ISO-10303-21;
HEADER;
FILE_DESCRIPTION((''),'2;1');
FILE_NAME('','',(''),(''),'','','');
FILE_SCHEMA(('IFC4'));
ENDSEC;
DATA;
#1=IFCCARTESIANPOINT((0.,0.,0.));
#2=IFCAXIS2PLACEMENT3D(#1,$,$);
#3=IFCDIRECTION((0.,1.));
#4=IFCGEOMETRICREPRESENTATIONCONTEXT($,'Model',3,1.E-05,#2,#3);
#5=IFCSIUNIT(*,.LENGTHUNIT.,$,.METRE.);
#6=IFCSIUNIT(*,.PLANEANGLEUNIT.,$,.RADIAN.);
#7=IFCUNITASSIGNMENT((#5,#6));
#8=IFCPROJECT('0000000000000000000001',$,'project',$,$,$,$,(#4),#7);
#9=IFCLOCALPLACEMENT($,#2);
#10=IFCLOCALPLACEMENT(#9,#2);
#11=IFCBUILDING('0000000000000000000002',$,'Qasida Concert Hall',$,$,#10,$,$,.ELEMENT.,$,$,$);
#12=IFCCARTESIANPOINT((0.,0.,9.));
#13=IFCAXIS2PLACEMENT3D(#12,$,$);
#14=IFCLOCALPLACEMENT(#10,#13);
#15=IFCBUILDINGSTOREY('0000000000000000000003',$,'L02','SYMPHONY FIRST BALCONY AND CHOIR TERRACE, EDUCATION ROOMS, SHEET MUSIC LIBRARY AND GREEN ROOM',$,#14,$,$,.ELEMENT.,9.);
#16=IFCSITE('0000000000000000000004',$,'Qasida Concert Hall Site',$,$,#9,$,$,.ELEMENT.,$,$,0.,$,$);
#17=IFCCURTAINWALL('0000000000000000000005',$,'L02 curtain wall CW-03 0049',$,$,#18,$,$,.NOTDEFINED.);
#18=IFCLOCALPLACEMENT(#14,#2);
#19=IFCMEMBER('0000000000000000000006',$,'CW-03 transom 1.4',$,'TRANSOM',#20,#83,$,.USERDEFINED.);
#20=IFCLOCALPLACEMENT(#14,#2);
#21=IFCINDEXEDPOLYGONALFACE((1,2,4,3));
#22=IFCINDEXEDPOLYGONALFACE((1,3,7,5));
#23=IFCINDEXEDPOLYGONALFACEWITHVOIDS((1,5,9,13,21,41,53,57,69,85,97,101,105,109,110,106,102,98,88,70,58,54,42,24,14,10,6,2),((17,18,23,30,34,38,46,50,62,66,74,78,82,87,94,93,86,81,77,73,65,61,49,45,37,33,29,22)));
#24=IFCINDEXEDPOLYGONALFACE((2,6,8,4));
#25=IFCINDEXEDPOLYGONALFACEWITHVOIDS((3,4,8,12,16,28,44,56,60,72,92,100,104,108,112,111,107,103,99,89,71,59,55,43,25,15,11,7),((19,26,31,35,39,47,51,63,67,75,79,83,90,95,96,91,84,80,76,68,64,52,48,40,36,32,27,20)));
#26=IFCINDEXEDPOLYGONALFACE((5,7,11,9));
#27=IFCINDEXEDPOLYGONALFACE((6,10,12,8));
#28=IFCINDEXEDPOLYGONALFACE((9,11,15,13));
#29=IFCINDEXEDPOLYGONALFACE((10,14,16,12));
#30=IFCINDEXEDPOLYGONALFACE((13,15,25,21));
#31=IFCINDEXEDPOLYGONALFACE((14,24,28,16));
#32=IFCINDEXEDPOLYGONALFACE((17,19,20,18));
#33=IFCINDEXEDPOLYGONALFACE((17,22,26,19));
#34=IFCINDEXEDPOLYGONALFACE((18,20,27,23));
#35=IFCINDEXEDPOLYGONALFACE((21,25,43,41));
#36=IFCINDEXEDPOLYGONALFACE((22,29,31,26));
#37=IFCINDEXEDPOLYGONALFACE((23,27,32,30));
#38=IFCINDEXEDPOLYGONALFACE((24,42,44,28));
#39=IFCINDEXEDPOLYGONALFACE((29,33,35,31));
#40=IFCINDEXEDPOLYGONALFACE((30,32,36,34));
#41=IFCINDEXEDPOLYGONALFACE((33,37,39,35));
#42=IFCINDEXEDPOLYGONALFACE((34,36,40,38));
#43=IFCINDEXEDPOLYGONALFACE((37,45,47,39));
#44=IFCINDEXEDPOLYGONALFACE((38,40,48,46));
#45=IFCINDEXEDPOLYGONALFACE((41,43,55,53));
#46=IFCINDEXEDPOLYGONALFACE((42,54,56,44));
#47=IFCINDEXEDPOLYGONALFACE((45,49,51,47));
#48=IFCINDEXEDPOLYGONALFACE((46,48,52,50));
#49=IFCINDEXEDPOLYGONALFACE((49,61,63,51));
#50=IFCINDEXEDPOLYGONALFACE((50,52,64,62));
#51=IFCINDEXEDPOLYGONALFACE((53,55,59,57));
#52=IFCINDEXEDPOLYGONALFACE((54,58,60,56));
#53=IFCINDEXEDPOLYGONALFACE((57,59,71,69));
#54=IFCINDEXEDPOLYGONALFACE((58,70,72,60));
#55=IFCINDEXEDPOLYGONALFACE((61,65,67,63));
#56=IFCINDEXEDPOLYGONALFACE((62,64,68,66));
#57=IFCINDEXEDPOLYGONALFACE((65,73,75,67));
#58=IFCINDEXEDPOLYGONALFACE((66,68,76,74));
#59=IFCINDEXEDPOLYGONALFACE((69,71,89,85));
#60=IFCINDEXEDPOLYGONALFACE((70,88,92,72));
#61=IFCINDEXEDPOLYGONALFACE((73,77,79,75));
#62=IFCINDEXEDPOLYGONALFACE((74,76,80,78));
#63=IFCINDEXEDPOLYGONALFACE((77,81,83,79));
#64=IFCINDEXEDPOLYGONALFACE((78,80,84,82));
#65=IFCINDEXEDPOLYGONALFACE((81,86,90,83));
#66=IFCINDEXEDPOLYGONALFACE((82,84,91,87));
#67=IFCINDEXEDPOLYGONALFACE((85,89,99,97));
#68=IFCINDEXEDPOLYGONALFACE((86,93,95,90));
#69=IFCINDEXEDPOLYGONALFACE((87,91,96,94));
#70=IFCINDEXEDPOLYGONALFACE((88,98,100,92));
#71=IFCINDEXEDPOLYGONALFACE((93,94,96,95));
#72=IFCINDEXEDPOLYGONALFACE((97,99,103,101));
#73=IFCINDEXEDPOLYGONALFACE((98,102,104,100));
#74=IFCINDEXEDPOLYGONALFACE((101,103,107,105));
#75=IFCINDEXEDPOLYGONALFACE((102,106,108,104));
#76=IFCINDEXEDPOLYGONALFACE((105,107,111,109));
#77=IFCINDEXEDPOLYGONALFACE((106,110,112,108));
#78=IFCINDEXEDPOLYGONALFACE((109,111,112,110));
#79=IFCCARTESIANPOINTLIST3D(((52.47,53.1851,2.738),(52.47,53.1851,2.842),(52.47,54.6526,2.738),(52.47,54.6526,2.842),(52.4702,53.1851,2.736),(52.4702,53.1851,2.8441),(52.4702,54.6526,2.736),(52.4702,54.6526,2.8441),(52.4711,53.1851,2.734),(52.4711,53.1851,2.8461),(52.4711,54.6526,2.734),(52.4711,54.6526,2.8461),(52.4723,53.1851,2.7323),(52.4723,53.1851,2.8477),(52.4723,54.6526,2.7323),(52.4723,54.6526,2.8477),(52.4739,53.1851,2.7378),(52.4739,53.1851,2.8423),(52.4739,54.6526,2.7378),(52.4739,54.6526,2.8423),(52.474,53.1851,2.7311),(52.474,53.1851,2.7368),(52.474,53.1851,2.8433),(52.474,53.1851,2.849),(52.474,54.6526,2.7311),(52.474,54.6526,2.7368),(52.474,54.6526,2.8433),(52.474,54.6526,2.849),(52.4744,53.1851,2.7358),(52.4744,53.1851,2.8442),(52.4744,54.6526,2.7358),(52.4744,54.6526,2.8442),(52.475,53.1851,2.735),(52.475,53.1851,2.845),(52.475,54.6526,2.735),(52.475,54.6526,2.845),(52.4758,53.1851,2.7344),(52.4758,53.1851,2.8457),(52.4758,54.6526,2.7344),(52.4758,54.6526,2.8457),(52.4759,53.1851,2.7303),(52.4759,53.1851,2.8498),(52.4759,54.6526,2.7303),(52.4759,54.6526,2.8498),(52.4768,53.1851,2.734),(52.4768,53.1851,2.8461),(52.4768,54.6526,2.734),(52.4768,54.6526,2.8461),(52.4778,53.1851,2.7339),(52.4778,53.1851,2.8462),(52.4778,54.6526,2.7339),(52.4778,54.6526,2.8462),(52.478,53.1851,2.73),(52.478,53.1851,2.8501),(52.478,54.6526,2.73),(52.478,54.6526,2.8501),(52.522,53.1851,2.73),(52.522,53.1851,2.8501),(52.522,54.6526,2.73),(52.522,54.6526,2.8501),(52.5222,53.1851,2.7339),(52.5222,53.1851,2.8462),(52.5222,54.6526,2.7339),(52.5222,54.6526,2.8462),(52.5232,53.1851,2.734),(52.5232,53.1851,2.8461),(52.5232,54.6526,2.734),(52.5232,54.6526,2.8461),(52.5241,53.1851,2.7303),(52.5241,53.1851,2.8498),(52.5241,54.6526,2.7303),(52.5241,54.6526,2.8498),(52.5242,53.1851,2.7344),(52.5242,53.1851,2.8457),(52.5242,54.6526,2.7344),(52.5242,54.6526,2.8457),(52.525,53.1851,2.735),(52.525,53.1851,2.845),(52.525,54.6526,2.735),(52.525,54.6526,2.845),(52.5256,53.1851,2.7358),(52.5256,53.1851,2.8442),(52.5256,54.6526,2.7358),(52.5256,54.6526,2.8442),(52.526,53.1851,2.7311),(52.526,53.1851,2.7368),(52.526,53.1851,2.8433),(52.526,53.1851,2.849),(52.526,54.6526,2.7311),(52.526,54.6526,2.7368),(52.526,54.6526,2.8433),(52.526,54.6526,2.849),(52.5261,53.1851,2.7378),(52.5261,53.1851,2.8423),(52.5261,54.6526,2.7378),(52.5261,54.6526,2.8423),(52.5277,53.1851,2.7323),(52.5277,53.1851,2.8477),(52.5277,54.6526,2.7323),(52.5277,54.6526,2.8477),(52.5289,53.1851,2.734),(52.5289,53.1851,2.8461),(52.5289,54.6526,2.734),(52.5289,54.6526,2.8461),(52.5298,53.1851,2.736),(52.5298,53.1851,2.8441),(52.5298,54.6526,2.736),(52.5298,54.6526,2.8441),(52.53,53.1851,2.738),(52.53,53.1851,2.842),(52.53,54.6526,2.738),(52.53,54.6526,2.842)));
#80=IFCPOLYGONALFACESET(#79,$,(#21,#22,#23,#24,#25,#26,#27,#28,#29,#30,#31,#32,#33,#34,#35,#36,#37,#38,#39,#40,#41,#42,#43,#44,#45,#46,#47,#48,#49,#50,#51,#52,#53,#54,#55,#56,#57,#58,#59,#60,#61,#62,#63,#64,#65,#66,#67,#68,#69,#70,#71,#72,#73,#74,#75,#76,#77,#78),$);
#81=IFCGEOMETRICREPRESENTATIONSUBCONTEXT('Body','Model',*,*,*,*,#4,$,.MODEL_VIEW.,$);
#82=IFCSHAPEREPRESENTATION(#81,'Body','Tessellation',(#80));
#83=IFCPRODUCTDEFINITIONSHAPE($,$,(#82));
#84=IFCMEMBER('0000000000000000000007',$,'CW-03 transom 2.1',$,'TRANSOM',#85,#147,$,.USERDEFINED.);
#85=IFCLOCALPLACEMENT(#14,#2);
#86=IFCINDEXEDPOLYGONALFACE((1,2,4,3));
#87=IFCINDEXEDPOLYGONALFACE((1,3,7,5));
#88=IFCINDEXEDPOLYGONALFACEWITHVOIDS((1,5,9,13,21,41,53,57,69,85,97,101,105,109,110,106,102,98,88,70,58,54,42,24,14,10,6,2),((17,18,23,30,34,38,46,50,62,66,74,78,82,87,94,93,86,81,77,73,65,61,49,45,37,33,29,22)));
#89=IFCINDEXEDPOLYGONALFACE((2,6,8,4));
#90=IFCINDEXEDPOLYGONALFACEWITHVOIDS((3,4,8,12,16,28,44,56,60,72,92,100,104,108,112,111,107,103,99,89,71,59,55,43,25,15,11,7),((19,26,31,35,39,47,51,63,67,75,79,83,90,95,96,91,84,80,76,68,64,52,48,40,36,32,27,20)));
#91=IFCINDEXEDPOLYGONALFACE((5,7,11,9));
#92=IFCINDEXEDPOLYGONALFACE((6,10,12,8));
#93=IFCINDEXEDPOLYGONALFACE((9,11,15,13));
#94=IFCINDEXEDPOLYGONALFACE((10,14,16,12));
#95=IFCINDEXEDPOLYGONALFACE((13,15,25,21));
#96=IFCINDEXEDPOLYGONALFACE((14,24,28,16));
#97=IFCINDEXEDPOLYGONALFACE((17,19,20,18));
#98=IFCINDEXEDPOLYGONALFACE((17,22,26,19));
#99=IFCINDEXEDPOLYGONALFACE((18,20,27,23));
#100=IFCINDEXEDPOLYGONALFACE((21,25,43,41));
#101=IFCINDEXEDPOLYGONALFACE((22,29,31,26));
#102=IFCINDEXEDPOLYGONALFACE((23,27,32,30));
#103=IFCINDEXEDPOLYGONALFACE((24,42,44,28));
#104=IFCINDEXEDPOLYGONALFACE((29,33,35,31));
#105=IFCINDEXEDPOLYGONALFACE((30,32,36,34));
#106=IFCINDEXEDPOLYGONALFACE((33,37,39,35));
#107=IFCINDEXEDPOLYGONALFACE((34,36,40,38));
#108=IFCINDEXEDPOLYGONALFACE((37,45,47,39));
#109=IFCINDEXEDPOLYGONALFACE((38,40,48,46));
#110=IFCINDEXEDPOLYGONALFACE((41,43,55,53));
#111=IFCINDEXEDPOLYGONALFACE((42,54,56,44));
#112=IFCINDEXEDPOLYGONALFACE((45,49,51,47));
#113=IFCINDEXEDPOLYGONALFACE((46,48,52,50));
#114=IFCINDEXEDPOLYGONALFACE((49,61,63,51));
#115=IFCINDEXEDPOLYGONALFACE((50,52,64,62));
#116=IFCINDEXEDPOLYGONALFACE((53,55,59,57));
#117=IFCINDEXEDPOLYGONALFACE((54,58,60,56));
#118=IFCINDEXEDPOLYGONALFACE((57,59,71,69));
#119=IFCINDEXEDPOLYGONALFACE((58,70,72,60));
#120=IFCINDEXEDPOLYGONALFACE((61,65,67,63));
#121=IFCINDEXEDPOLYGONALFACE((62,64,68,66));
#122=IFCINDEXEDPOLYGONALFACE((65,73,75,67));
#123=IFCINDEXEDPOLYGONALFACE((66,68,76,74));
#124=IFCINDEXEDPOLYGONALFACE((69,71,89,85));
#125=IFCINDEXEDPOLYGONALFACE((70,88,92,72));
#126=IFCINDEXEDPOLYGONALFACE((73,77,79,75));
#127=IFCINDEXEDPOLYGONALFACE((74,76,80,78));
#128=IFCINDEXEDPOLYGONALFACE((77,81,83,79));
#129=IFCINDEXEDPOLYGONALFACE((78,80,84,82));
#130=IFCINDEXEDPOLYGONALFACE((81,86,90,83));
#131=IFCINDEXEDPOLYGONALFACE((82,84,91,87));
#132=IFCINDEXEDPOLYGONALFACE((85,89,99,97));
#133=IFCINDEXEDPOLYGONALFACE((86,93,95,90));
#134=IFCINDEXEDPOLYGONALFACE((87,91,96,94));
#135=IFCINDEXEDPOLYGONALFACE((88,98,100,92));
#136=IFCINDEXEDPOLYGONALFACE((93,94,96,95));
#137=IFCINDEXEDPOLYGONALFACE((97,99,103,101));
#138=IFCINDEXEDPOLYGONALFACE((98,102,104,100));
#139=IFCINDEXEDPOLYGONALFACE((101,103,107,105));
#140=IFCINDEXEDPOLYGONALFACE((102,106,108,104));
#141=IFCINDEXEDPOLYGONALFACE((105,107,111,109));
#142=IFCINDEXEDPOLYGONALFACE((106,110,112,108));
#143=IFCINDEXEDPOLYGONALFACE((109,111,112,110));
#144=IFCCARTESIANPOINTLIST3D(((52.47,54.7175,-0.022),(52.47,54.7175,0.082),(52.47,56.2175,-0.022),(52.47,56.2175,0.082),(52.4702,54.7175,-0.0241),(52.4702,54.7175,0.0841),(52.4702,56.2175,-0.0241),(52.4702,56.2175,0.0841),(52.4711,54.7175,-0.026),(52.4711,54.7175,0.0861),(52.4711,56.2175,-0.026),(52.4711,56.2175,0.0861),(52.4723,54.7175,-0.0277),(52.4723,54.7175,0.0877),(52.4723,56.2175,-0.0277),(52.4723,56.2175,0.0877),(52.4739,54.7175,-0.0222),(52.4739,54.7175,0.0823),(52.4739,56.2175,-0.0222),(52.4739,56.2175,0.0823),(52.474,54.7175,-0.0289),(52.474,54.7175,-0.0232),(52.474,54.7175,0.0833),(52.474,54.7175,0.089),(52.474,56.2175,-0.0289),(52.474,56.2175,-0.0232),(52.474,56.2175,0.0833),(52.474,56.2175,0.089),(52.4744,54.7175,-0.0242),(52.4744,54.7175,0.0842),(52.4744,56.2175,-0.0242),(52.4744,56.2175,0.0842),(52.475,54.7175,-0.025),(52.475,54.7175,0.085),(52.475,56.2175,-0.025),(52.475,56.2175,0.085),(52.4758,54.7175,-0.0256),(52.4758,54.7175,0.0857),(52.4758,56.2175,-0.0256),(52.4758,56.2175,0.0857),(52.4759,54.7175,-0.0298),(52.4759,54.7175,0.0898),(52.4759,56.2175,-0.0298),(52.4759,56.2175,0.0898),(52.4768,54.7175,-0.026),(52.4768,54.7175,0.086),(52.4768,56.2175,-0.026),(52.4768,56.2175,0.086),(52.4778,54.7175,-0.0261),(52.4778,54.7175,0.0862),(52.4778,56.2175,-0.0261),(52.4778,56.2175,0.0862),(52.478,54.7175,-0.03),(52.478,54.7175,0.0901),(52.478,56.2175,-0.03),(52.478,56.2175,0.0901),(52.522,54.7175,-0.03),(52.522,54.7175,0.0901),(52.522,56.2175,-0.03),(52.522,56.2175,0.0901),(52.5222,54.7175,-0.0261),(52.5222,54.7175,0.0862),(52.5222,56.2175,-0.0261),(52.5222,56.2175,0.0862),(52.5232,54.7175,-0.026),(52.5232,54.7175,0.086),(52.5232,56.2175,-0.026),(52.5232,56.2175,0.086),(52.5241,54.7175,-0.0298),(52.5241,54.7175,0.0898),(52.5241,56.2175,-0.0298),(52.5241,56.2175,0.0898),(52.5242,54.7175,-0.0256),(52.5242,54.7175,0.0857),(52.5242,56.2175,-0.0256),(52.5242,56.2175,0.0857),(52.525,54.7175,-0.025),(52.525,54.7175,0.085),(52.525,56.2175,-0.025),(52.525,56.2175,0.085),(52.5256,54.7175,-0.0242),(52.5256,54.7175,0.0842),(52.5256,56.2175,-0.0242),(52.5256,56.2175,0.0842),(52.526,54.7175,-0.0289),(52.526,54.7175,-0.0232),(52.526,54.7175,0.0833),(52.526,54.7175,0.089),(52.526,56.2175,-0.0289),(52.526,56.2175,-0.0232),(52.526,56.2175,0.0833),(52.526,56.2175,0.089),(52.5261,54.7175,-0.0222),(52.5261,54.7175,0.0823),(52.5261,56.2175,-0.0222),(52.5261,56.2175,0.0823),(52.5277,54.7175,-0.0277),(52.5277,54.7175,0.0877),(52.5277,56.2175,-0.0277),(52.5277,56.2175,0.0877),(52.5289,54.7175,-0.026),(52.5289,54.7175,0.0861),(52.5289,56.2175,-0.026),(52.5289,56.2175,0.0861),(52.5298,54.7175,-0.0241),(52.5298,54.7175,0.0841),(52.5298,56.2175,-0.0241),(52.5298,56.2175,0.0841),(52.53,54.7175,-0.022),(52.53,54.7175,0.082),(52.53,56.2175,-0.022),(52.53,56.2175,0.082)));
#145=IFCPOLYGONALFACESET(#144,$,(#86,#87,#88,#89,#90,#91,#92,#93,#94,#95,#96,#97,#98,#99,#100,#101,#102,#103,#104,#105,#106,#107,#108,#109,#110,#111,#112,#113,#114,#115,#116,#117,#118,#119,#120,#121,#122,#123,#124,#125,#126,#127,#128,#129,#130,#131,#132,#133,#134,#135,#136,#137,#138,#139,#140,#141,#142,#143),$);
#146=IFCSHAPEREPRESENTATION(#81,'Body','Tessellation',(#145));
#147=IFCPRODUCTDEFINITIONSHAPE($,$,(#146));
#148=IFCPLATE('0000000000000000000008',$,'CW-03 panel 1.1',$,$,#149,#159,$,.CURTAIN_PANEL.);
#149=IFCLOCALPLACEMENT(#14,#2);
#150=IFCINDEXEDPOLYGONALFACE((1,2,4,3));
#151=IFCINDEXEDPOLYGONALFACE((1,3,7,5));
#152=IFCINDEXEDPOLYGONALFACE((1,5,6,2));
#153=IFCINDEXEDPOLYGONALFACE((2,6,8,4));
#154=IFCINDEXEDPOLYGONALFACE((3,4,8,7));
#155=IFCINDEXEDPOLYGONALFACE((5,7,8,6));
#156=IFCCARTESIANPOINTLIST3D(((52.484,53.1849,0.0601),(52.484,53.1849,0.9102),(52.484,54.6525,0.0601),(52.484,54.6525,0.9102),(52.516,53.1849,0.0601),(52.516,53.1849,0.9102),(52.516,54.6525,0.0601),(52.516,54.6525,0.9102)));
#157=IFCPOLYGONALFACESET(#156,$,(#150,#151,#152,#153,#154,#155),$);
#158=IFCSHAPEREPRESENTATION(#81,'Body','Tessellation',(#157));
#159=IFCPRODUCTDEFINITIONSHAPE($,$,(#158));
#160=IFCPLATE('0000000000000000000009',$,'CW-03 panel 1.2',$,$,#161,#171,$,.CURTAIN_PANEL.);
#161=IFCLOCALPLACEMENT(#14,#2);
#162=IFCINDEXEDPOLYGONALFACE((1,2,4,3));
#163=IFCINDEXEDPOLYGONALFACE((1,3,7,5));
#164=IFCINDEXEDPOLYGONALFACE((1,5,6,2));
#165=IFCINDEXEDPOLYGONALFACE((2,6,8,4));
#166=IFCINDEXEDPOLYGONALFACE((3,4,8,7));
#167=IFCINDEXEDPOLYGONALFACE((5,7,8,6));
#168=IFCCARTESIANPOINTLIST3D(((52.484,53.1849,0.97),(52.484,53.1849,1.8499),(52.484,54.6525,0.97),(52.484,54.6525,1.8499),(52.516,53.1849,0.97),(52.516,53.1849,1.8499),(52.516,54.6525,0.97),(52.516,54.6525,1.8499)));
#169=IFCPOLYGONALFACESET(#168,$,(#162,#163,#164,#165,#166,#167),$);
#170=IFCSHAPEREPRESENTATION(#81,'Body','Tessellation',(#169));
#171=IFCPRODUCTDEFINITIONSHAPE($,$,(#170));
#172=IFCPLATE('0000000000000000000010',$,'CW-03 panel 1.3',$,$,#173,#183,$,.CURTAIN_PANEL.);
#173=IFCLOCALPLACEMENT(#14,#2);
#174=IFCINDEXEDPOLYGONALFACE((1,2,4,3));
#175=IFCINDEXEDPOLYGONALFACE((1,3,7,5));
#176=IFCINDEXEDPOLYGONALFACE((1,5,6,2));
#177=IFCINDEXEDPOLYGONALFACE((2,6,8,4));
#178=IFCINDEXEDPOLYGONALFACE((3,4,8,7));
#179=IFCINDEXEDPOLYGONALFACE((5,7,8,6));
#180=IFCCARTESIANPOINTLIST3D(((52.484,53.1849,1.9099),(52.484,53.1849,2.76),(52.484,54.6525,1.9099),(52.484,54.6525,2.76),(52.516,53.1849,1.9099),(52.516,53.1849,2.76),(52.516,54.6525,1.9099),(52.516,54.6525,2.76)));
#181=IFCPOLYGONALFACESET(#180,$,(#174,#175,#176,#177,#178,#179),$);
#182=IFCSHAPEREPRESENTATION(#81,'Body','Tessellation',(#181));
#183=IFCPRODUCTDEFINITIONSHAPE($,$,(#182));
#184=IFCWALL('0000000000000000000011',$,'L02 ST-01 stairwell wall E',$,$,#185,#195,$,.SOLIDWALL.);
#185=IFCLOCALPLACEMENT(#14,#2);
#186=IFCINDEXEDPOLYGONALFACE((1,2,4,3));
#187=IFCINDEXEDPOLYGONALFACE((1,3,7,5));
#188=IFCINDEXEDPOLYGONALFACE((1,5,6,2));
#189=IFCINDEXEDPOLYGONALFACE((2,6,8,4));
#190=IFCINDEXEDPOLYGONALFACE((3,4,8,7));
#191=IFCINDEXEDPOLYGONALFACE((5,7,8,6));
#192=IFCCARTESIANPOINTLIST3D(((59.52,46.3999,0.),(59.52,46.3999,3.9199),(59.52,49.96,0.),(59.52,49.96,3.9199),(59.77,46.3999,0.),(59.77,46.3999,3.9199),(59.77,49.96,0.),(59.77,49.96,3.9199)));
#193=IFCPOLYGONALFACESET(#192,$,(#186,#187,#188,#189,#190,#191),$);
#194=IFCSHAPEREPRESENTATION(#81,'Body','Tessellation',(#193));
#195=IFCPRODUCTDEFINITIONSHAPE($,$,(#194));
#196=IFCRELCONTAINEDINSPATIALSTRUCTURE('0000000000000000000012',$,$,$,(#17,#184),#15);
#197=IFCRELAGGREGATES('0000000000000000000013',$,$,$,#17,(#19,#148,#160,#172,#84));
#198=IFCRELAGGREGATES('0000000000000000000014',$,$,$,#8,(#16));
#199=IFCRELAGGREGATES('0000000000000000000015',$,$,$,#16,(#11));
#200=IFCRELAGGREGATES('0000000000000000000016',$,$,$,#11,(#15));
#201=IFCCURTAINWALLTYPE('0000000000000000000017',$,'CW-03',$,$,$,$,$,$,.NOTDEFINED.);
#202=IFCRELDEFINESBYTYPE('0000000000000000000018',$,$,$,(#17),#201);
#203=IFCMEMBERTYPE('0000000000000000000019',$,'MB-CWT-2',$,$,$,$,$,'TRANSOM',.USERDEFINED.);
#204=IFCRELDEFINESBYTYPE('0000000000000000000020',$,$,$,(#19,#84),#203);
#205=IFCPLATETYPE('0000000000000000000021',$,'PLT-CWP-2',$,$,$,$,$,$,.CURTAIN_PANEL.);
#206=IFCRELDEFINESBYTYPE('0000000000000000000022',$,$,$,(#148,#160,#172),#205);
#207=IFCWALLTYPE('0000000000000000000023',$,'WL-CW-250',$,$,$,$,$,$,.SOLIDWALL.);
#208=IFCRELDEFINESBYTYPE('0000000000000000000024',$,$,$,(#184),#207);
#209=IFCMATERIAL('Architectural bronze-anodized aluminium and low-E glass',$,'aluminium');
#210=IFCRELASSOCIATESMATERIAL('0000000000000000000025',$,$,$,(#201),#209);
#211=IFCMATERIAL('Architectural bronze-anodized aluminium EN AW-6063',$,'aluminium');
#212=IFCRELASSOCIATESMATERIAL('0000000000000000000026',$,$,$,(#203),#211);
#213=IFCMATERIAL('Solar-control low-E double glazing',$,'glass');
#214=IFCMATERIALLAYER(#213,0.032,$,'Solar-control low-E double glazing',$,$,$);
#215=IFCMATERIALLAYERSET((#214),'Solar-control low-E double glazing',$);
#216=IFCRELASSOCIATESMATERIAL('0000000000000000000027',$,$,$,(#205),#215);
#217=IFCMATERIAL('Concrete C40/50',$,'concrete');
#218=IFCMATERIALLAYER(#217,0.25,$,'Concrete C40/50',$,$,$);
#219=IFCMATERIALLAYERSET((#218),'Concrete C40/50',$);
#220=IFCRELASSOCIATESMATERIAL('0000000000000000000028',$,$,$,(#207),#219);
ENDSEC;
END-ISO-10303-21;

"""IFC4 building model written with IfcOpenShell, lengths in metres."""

from ifc_helpers import new_model, si_unit, direction, frame, frame_2d, origin, origin_2d, place, context, subcontext, project, spatial, rectangle, hollow_rectangle, extrude, material, layer, layer_set, material_profile, profile_set, type_object, element, aggregate, save


model = new_model("IFC4")

# Units and contexts
model_context = context("Model", 3, precision=1e-05, world=origin(), true_north=direction((0.0, 1.0)))
body_context = subcontext(model_context, "Body", "Model", "MODEL_VIEW")
ifc_project = project(units=[si_unit("LENGTHUNIT", "METRE"), si_unit("PLANEANGLEUNIT", "RADIAN")], contexts=[model_context])

# Site, building, storey
site_placement = place(None, origin())
site = spatial("IfcSite", under=ifc_project, at=site_placement, Name="Qasida Concert Hall Site", CompositionType="ELEMENT", RefElevation=0.0)
building_placement = place(site_placement, origin())
building = spatial("IfcBuilding", under=site, at=building_placement, Name="Qasida Concert Hall", CompositionType="ELEMENT")
storey_placement = place(building_placement, frame((0.0, 0.0, 9.0)))
storey = spatial("IfcBuildingStorey", under=building, at=storey_placement, Name="L02", Description="SYMPHONY FIRST BALCONY AND CHOIR TERRACE, EDUCATION ROOMS, SHEET MUSIC LIBRARY AND GREEN ROOM", CompositionType="ELEMENT", Elevation=9.0)

# Shared definitions
ifc_material_1 = material(Name="Concrete C40/50", Category="concrete")

# Curtain wall, members, plates
ifc_material_2 = material(Name="Architectural bronze-anodized aluminium and low-E glass", Category="aluminium")
curtain_wall_type = type_object("IfcCurtainWallType", Name="CW-03", PredefinedType="NOTDEFINED", material=ifc_material_2)
curtain_wall_placement = place(storey_placement, origin())
curtain_wall = element("IfcCurtainWall", 1, at=curtain_wall_placement, inside=storey, type_object=curtain_wall_type, Name="L02 curtain wall CW-03 0049", PredefinedType="NOTDEFINED")
ifc_material_3 = material(Name="Architectural bronze-anodized aluminium EN AW-6063", Category="aluminium")
ifc_material_profile_1 = material_profile(ifc_material_3, hollow_rectangle(XDim=0.0601, YDim=0.1201, WallThickness=0.0039, InnerFilletRadius=0.0039, OuterFilletRadius=0.0081, at=origin_2d()), Name="CWT 120x60x4")
ifc_profile_set_1 = profile_set([ifc_material_profile_1], Name="Architectural bronze-anodized aluminium EN AW-6063")
member_type = type_object("IfcMemberType", Name="MB-CWT-2", ElementType="TRANSOM", PredefinedType="USERDEFINED", material=ifc_profile_set_1)
member_1_placement = place(storey_placement, frame((52.5, 53.1851, 2.79), z_axis=(0.0, 1.0, 0.0), x_axis=(-1.0, 0.0, 0.0)))
member_1 = element("IfcMember", 2, at=member_1_placement, type_object=member_type, Name="CW-03 transom 1.4", ObjectType="TRANSOM", PredefinedType="USERDEFINED", context=body_context, shape_type="SweptSolid", body=[
    extrude(hollow_rectangle(XDim=0.0601, YDim=0.1201, WallThickness=0.0039, InnerFilletRadius=0.0039, OuterFilletRadius=0.0081, at=origin_2d()), origin(), (0.0, 0.0, 1.0), 1.4675),
])
member_2_placement = place(storey_placement, frame((52.5, 54.7175, 0.03), z_axis=(0.0, 1.0, 0.0), x_axis=(-1.0, 0.0, 0.0)))
member_2 = element("IfcMember", 3, at=member_2_placement, type_object=member_type, Name="CW-03 transom 2.1", ObjectType="TRANSOM", PredefinedType="USERDEFINED", context=body_context, shape_type="SweptSolid", body=[
    extrude(hollow_rectangle(XDim=0.0601, YDim=0.1201, WallThickness=0.0039, InnerFilletRadius=0.0039, OuterFilletRadius=0.0081, at=origin_2d()), origin(), (0.0, 0.0, 1.0), 1.5),
])
ifc_material_4 = material(Name="Solar-control low-E double glazing", Category="glass")
ifc_layer_1 = layer(ifc_material_4, 0.032, Name="Solar-control low-E double glazing")
ifc_layer_set_1 = layer_set([ifc_layer_1], Name="Solar-control low-E double glazing")
plate_type = type_object("IfcPlateType", Name="PLT-CWP-2", PredefinedType="CURTAIN_PANEL", material=ifc_layer_set_1)
plate_1_placement = place(storey_placement, frame((52.5, 53.9187, 0.0601), z_axis=(0.0, 0.0, 1.0), x_axis=(0.0, 1.0, 0.0)))
plate_1 = element("IfcPlate", 4, at=plate_1_placement, type_object=plate_type, Name="CW-03 panel 1.1", PredefinedType="CURTAIN_PANEL", context=body_context, shape_type="SweptSolid", body=[
    extrude(rectangle(XDim=1.4675, YDim=0.032, at=origin_2d()), origin(), (0.0, 0.0, 1.0), 0.8501),
])
plate_2_placement = place(storey_placement, frame((52.5, 53.9187, 0.97), z_axis=(0.0, 0.0, 1.0), x_axis=(0.0, 1.0, 0.0)))
plate_2 = element("IfcPlate", 5, at=plate_2_placement, type_object=plate_type, Name="CW-03 panel 1.2", PredefinedType="CURTAIN_PANEL", context=body_context, shape_type="SweptSolid", body=[
    extrude(rectangle(XDim=1.4675, YDim=0.032, at=origin_2d()), origin(), (0.0, 0.0, 1.0), 0.8799),
])
plate_3_placement = place(storey_placement, frame((52.5, 53.9187, 1.9099), z_axis=(0.0, 0.0, 1.0), x_axis=(0.0, 1.0, 0.0)))
plate_3 = element("IfcPlate", 6, at=plate_3_placement, type_object=plate_type, Name="CW-03 panel 1.3", PredefinedType="CURTAIN_PANEL", context=body_context, shape_type="SweptSolid", body=[
    extrude(rectangle(XDim=1.4675, YDim=0.032, at=origin_2d()), origin(), (0.0, 0.0, 1.0), 0.8501),
])
aggregate(curtain_wall, [member_1, plate_1, plate_2, plate_3, member_2])

# Wall
ifc_layer_2 = layer(ifc_material_1, 0.25, Name="Concrete C40/50")
ifc_layer_set_2 = layer_set([ifc_layer_2], Name="Concrete C40/50")
wall_type_1 = type_object("IfcWallType", Name="WL-CW-250", PredefinedType="SOLIDWALL", material=ifc_layer_set_2)
wall_1_placement = place(storey_placement, frame((59.645, 46.3999, 0.0), z_axis=(0.0, 0.0, 1.0), x_axis=(0.0, 1.0, 0.0)))
element("IfcWall", 7, at=wall_1_placement, inside=storey, type_object=wall_type_1, Name="L02 ST-01 stairwell wall E", PredefinedType="SOLIDWALL", context=body_context, shape_type="SweptSolid", body=[
    extrude(rectangle(XDim=3.5601, YDim=0.25, at=frame_2d((1.78, 0.0))), origin(), (0.0, 0.0, 1.0), 3.9199),
])

save(model, "model.ifc")
